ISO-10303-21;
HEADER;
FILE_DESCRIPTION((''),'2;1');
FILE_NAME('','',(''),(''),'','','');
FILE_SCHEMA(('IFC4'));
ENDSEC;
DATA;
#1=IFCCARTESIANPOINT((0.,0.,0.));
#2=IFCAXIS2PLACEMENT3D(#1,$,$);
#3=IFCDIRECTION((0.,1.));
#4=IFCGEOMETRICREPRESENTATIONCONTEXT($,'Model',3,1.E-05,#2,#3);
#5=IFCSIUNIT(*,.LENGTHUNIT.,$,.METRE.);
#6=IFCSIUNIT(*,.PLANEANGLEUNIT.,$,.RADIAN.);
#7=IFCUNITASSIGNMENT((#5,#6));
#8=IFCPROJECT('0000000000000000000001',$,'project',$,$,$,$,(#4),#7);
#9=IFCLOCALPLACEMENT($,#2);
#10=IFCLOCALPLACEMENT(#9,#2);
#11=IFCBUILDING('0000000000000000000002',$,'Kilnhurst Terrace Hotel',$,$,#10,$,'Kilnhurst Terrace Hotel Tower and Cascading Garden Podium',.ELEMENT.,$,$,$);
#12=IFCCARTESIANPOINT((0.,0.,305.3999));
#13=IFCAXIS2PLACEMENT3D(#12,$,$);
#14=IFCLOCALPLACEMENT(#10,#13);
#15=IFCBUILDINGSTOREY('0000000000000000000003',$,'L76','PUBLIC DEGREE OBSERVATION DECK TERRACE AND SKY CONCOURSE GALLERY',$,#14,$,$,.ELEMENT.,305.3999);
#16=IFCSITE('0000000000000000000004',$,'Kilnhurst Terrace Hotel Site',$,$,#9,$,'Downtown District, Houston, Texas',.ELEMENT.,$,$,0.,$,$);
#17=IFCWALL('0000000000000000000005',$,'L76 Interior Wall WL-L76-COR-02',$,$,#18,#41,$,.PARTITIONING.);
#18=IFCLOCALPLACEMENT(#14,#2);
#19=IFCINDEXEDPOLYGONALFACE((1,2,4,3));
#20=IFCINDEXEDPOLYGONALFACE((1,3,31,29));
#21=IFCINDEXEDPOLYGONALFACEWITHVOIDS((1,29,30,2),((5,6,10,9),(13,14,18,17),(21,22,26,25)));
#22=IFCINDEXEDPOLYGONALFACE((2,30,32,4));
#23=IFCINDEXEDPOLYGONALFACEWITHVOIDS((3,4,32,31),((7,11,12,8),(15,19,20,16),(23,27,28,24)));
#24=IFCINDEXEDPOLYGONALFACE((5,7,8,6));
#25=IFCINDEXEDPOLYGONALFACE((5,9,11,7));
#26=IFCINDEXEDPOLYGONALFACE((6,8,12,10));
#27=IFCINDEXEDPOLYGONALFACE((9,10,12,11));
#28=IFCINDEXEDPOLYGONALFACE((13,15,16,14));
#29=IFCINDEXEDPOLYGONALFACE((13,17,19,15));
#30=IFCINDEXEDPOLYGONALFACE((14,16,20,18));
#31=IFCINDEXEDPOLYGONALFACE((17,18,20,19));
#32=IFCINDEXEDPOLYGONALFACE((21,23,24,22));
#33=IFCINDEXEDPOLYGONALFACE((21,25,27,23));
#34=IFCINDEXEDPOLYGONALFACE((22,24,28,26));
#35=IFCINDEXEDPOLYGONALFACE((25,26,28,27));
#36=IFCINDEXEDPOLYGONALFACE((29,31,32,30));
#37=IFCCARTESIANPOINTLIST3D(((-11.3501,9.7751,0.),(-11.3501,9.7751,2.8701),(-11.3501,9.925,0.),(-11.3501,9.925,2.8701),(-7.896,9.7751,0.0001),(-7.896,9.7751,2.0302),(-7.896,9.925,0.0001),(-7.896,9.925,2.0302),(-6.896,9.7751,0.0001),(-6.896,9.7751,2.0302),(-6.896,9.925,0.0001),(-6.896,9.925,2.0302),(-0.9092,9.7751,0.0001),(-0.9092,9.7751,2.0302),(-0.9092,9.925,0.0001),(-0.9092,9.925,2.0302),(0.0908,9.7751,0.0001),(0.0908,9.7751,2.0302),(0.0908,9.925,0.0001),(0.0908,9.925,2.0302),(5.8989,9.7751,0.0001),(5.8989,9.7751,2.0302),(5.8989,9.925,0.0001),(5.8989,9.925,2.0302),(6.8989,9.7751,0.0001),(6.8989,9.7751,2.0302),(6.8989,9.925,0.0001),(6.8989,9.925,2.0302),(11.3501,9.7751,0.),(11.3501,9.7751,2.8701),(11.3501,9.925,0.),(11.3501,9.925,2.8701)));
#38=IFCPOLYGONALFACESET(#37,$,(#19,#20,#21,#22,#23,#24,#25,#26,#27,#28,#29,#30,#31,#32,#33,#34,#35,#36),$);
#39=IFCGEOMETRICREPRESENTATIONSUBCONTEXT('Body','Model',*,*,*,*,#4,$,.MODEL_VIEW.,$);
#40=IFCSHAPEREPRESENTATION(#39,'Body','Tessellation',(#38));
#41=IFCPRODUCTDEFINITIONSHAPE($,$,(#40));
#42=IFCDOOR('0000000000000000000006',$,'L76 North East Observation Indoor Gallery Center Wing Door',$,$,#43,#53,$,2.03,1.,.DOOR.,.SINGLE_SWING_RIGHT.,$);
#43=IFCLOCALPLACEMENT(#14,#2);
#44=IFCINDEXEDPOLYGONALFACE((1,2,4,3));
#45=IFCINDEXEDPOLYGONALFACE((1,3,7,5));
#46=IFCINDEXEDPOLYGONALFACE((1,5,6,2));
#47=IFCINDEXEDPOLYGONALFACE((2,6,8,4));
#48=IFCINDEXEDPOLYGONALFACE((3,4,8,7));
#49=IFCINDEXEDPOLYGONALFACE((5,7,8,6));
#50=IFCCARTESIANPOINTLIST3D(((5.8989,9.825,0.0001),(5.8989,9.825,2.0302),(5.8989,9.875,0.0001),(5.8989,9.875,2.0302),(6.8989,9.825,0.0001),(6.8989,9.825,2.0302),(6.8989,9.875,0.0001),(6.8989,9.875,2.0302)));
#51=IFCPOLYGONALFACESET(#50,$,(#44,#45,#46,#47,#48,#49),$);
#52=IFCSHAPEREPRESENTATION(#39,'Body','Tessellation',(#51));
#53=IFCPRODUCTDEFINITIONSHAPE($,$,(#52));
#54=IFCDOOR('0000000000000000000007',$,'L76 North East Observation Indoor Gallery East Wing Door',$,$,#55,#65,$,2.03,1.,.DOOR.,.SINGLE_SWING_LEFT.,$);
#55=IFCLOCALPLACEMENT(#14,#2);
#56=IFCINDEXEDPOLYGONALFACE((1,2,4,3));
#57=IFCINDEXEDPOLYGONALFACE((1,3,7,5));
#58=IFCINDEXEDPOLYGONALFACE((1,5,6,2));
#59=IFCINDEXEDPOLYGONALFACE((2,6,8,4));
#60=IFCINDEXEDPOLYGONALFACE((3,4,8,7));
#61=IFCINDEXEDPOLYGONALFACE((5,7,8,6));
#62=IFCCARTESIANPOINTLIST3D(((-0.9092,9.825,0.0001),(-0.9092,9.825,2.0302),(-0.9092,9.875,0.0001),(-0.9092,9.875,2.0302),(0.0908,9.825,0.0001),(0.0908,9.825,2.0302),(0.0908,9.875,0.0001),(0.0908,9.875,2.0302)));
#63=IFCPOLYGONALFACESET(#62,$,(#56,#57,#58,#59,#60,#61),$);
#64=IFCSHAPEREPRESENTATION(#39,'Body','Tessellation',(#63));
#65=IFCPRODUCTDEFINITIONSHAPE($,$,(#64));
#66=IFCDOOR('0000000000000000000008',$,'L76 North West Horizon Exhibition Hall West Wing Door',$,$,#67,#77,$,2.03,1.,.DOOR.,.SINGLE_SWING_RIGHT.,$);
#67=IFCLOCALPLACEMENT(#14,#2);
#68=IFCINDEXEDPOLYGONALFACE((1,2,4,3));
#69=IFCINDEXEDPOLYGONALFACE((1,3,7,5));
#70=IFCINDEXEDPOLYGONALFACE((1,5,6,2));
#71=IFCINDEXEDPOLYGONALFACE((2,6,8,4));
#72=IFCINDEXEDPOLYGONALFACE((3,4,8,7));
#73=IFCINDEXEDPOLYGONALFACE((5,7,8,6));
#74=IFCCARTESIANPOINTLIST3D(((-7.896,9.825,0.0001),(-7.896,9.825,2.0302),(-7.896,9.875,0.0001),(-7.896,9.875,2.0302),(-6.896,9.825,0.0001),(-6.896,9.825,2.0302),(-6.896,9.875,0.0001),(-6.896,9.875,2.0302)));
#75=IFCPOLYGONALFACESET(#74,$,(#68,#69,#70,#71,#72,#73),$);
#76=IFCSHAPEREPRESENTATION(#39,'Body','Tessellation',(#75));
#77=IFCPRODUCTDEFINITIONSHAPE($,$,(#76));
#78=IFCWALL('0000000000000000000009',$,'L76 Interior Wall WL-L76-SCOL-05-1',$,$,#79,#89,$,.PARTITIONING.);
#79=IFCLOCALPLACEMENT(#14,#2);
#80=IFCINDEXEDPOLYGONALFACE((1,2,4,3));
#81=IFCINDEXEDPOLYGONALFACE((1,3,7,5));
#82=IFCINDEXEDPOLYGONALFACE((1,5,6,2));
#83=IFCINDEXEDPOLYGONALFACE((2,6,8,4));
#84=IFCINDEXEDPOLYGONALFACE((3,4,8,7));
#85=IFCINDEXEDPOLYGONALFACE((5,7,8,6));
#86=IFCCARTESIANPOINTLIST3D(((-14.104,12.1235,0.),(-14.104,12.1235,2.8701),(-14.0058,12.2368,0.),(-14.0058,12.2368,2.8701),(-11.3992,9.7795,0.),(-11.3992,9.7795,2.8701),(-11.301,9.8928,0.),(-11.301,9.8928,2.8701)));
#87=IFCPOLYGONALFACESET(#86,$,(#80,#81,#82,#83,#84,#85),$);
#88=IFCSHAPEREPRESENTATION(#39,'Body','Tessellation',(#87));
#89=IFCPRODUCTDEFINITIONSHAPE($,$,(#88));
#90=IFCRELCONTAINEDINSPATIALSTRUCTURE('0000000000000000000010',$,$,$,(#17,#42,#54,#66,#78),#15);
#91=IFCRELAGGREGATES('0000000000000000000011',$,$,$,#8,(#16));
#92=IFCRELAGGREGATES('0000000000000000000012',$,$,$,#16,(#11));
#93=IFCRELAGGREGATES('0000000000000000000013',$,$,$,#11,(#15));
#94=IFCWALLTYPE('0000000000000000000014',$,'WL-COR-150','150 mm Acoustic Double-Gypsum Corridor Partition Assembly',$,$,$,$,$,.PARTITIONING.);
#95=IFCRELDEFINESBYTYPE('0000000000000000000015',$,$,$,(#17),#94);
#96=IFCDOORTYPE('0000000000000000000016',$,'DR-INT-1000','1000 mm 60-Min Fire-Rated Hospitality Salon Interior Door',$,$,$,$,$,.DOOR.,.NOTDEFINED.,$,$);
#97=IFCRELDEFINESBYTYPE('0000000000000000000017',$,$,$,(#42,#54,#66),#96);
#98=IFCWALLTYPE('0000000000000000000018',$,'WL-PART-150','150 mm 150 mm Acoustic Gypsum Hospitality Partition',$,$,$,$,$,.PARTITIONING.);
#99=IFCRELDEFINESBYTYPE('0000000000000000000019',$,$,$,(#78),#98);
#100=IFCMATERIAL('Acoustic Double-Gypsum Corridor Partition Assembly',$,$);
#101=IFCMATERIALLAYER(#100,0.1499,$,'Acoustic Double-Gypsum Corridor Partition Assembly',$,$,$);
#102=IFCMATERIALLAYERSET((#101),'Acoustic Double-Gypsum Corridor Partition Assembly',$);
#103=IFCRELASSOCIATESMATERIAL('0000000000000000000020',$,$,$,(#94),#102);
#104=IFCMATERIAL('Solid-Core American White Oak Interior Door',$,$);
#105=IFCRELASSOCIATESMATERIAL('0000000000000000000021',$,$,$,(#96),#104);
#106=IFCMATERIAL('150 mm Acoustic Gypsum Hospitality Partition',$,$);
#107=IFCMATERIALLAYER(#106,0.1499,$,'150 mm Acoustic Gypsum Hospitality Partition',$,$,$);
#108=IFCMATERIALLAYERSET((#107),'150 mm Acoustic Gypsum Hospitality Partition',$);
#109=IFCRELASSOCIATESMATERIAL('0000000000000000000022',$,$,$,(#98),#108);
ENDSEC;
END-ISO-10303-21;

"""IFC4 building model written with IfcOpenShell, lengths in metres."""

from ifc_helpers import new_model, si_unit, direction, frame, frame_2d, origin, place, context, subcontext, project, spatial, rectangle, extrude, material, layer, layer_set, type_object, element, fill, save


model = new_model("IFC4")

# Units and contexts
model_context = context("Model", 3, precision=1e-05, world=origin(), true_north=direction((0.0, 1.0)))
body_context = subcontext(model_context, "Body", "Model", "MODEL_VIEW")
ifc_project = project(units=[si_unit("LENGTHUNIT", "METRE"), si_unit("PLANEANGLEUNIT", "RADIAN")], contexts=[model_context])

# Site, building, storey
site_placement = place(None, origin())
site = spatial("IfcSite", under=ifc_project, at=site_placement, Name="Kilnhurst Terrace Hotel Site", LongName="Downtown District, Houston, Texas", CompositionType="ELEMENT", RefElevation=0.0)
building_placement = place(site_placement, origin())
building = spatial("IfcBuilding", under=site, at=building_placement, Name="Kilnhurst Terrace Hotel", LongName="Kilnhurst Terrace Hotel Tower and Cascading Garden Podium", CompositionType="ELEMENT")
storey_placement = place(building_placement, frame((0.0, 0.0, 305.3999)))
storey = spatial("IfcBuildingStorey", under=building, at=storey_placement, Name="L76", Description="PUBLIC DEGREE OBSERVATION DECK TERRACE AND SKY CONCOURSE GALLERY", CompositionType="ELEMENT", Elevation=305.3999)

# Wall, openings, doors
ifc_material_1 = material(Name="Acoustic Double-Gypsum Corridor Partition Assembly")
ifc_layer_1 = layer(ifc_material_1, 0.1499, Name="Acoustic Double-Gypsum Corridor Partition Assembly")
ifc_layer_set_1 = layer_set([ifc_layer_1], Name="Acoustic Double-Gypsum Corridor Partition Assembly")
wall_type_1 = type_object("IfcWallType", Name="WL-COR-150", Description="150 mm Acoustic Double-Gypsum Corridor Partition Assembly", PredefinedType="PARTITIONING", material=ifc_layer_set_1)
wall_1_placement = place(storey_placement, frame((-11.3501, 9.8501, 0.0), z_axis=(0.0, 0.0, 1.0), x_axis=(1.0, 0.0, 0.0)))
wall_1 = element("IfcWall", 1, at=wall_1_placement, inside=storey, type_object=wall_type_1, Name="L76 Interior Wall WL-L76-COR-02", PredefinedType="PARTITIONING", context=body_context, shape_type="SweptSolid", body=[
    extrude(rectangle(XDim=22.7002, YDim=0.1499, at=frame_2d((11.3501, 0.0))), origin(), (0.0, 0.0, 1.0), 2.8701),
])
opening_1_placement = place(wall_1_placement, frame((17.249, 0.0, 0.0)))
opening_1 = element("IfcOpeningElement", 2, at=opening_1_placement, cuts=wall_1, PredefinedType="OPENING", context=body_context, shape_type="SweptSolid", body=[
    extrude(rectangle(XDim=1.0, YDim=2.03, at=frame_2d((0.5, 1.0151))), frame((0.0, 0.085, 0.0), z_axis=(0.0, -1.0, 0.0), x_axis=(1.0, 0.0, 0.0)), (0.0, 0.0, 1.0), 0.1699),
])
opening_2_placement = place(wall_1_placement, frame((10.4409, 0.0, 0.0)))
opening_2 = element("IfcOpeningElement", 3, at=opening_2_placement, cuts=wall_1, PredefinedType="OPENING", context=body_context, shape_type="SweptSolid", body=[
    extrude(rectangle(XDim=1.0, YDim=2.03, at=frame_2d((0.5, 1.0151))), frame((0.0, 0.085, 0.0), z_axis=(0.0, -1.0, 0.0), x_axis=(1.0, 0.0, 0.0)), (0.0, 0.0, 1.0), 0.1699),
])
opening_3_placement = place(wall_1_placement, frame((3.4541, 0.0, 0.0)))
opening_3 = element("IfcOpeningElement", 4, at=opening_3_placement, cuts=wall_1, PredefinedType="OPENING", context=body_context, shape_type="SweptSolid", body=[
    extrude(rectangle(XDim=1.0, YDim=2.03, at=frame_2d((0.5, 1.0151))), frame((0.0, 0.085, 0.0), z_axis=(0.0, -1.0, 0.0), x_axis=(1.0, 0.0, 0.0)), (0.0, 0.0, 1.0), 0.1699),
])
ifc_material_2 = material(Name="Solid-Core American White Oak Interior Door")
door_type = type_object("IfcDoorType", Name="DR-INT-1000", Description="1000 mm 60-Min Fire-Rated Hospitality Salon Interior Door", OperationType="NOTDEFINED", PredefinedType="DOOR", material=ifc_material_2)
door_1_placement = place(opening_1_placement, origin())
door_1 = element("IfcDoor", 5, at=door_1_placement, inside=storey, type_object=door_type, Name="L76 North East Observation Indoor Gallery Center Wing Door", OperationType="SINGLE_SWING_RIGHT", OverallHeight=2.03, OverallWidth=1.0, PredefinedType="DOOR", context=body_context, shape_type="SweptSolid", body=[
    extrude(rectangle(XDim=1.0, YDim=2.03, at=frame_2d((0.5, 1.0151))), frame((0.0, 0.0249, 0.0), z_axis=(0.0, -1.0, 0.0), x_axis=(1.0, 0.0, 0.0)), (0.0, 0.0, 1.0), 0.05),
])
fill(opening_1, door_1)
door_2_placement = place(opening_2_placement, origin())
door_2 = element("IfcDoor", 6, at=door_2_placement, inside=storey, type_object=door_type, Name="L76 North East Observation Indoor Gallery East Wing Door", OperationType="SINGLE_SWING_LEFT", OverallHeight=2.03, OverallWidth=1.0, PredefinedType="DOOR", context=body_context, shape_type="SweptSolid", body=[
    extrude(rectangle(XDim=1.0, YDim=2.03, at=frame_2d((0.5, 1.0151))), frame((0.0, 0.0249, 0.0), z_axis=(0.0, -1.0, 0.0), x_axis=(1.0, 0.0, 0.0)), (0.0, 0.0, 1.0), 0.05),
])
fill(opening_2, door_2)
door_3_placement = place(opening_3_placement, origin())
door_3 = element("IfcDoor", 7, at=door_3_placement, inside=storey, type_object=door_type, Name="L76 North West Horizon Exhibition Hall West Wing Door", OperationType="SINGLE_SWING_RIGHT", OverallHeight=2.03, OverallWidth=1.0, PredefinedType="DOOR", context=body_context, shape_type="SweptSolid", body=[
    extrude(rectangle(XDim=1.0, YDim=2.03, at=frame_2d((0.5, 1.0151))), frame((0.0, 0.0249, 0.0), z_axis=(0.0, -1.0, 0.0), x_axis=(1.0, 0.0, 0.0)), (0.0, 0.0, 1.0), 0.05),
])
fill(opening_3, door_3)

# Wall
ifc_material_3 = material(Name="150 mm Acoustic Gypsum Hospitality Partition")
ifc_layer_2 = layer(ifc_material_3, 0.1499, Name="150 mm Acoustic Gypsum Hospitality Partition")
ifc_layer_set_2 = layer_set([ifc_layer_2], Name="150 mm Acoustic Gypsum Hospitality Partition")
wall_type_2 = type_object("IfcWallType", Name="WL-PART-150", Description="150 mm 150 mm Acoustic Gypsum Hospitality Partition", PredefinedType="PARTITIONING", material=ifc_layer_set_2)
wall_2_placement = place(storey_placement, frame((-11.3501, 9.8362, 0.0), z_axis=(0.0, 0.0, 1.0), x_axis=(-0.755716, 0.654899, 0.0)))
element("IfcWall", 8, at=wall_2_placement, inside=storey, type_object=wall_type_2, Name="L76 Interior Wall WL-L76-SCOL-05-1", PredefinedType="PARTITIONING", context=body_context, shape_type="SweptSolid", body=[
    extrude(rectangle(XDim=3.5791, YDim=0.1499, at=frame_2d((1.7896, 0.0))), origin(), (0.0, 0.0, 1.0), 2.8701),
])

save(model, "model.ifc")
